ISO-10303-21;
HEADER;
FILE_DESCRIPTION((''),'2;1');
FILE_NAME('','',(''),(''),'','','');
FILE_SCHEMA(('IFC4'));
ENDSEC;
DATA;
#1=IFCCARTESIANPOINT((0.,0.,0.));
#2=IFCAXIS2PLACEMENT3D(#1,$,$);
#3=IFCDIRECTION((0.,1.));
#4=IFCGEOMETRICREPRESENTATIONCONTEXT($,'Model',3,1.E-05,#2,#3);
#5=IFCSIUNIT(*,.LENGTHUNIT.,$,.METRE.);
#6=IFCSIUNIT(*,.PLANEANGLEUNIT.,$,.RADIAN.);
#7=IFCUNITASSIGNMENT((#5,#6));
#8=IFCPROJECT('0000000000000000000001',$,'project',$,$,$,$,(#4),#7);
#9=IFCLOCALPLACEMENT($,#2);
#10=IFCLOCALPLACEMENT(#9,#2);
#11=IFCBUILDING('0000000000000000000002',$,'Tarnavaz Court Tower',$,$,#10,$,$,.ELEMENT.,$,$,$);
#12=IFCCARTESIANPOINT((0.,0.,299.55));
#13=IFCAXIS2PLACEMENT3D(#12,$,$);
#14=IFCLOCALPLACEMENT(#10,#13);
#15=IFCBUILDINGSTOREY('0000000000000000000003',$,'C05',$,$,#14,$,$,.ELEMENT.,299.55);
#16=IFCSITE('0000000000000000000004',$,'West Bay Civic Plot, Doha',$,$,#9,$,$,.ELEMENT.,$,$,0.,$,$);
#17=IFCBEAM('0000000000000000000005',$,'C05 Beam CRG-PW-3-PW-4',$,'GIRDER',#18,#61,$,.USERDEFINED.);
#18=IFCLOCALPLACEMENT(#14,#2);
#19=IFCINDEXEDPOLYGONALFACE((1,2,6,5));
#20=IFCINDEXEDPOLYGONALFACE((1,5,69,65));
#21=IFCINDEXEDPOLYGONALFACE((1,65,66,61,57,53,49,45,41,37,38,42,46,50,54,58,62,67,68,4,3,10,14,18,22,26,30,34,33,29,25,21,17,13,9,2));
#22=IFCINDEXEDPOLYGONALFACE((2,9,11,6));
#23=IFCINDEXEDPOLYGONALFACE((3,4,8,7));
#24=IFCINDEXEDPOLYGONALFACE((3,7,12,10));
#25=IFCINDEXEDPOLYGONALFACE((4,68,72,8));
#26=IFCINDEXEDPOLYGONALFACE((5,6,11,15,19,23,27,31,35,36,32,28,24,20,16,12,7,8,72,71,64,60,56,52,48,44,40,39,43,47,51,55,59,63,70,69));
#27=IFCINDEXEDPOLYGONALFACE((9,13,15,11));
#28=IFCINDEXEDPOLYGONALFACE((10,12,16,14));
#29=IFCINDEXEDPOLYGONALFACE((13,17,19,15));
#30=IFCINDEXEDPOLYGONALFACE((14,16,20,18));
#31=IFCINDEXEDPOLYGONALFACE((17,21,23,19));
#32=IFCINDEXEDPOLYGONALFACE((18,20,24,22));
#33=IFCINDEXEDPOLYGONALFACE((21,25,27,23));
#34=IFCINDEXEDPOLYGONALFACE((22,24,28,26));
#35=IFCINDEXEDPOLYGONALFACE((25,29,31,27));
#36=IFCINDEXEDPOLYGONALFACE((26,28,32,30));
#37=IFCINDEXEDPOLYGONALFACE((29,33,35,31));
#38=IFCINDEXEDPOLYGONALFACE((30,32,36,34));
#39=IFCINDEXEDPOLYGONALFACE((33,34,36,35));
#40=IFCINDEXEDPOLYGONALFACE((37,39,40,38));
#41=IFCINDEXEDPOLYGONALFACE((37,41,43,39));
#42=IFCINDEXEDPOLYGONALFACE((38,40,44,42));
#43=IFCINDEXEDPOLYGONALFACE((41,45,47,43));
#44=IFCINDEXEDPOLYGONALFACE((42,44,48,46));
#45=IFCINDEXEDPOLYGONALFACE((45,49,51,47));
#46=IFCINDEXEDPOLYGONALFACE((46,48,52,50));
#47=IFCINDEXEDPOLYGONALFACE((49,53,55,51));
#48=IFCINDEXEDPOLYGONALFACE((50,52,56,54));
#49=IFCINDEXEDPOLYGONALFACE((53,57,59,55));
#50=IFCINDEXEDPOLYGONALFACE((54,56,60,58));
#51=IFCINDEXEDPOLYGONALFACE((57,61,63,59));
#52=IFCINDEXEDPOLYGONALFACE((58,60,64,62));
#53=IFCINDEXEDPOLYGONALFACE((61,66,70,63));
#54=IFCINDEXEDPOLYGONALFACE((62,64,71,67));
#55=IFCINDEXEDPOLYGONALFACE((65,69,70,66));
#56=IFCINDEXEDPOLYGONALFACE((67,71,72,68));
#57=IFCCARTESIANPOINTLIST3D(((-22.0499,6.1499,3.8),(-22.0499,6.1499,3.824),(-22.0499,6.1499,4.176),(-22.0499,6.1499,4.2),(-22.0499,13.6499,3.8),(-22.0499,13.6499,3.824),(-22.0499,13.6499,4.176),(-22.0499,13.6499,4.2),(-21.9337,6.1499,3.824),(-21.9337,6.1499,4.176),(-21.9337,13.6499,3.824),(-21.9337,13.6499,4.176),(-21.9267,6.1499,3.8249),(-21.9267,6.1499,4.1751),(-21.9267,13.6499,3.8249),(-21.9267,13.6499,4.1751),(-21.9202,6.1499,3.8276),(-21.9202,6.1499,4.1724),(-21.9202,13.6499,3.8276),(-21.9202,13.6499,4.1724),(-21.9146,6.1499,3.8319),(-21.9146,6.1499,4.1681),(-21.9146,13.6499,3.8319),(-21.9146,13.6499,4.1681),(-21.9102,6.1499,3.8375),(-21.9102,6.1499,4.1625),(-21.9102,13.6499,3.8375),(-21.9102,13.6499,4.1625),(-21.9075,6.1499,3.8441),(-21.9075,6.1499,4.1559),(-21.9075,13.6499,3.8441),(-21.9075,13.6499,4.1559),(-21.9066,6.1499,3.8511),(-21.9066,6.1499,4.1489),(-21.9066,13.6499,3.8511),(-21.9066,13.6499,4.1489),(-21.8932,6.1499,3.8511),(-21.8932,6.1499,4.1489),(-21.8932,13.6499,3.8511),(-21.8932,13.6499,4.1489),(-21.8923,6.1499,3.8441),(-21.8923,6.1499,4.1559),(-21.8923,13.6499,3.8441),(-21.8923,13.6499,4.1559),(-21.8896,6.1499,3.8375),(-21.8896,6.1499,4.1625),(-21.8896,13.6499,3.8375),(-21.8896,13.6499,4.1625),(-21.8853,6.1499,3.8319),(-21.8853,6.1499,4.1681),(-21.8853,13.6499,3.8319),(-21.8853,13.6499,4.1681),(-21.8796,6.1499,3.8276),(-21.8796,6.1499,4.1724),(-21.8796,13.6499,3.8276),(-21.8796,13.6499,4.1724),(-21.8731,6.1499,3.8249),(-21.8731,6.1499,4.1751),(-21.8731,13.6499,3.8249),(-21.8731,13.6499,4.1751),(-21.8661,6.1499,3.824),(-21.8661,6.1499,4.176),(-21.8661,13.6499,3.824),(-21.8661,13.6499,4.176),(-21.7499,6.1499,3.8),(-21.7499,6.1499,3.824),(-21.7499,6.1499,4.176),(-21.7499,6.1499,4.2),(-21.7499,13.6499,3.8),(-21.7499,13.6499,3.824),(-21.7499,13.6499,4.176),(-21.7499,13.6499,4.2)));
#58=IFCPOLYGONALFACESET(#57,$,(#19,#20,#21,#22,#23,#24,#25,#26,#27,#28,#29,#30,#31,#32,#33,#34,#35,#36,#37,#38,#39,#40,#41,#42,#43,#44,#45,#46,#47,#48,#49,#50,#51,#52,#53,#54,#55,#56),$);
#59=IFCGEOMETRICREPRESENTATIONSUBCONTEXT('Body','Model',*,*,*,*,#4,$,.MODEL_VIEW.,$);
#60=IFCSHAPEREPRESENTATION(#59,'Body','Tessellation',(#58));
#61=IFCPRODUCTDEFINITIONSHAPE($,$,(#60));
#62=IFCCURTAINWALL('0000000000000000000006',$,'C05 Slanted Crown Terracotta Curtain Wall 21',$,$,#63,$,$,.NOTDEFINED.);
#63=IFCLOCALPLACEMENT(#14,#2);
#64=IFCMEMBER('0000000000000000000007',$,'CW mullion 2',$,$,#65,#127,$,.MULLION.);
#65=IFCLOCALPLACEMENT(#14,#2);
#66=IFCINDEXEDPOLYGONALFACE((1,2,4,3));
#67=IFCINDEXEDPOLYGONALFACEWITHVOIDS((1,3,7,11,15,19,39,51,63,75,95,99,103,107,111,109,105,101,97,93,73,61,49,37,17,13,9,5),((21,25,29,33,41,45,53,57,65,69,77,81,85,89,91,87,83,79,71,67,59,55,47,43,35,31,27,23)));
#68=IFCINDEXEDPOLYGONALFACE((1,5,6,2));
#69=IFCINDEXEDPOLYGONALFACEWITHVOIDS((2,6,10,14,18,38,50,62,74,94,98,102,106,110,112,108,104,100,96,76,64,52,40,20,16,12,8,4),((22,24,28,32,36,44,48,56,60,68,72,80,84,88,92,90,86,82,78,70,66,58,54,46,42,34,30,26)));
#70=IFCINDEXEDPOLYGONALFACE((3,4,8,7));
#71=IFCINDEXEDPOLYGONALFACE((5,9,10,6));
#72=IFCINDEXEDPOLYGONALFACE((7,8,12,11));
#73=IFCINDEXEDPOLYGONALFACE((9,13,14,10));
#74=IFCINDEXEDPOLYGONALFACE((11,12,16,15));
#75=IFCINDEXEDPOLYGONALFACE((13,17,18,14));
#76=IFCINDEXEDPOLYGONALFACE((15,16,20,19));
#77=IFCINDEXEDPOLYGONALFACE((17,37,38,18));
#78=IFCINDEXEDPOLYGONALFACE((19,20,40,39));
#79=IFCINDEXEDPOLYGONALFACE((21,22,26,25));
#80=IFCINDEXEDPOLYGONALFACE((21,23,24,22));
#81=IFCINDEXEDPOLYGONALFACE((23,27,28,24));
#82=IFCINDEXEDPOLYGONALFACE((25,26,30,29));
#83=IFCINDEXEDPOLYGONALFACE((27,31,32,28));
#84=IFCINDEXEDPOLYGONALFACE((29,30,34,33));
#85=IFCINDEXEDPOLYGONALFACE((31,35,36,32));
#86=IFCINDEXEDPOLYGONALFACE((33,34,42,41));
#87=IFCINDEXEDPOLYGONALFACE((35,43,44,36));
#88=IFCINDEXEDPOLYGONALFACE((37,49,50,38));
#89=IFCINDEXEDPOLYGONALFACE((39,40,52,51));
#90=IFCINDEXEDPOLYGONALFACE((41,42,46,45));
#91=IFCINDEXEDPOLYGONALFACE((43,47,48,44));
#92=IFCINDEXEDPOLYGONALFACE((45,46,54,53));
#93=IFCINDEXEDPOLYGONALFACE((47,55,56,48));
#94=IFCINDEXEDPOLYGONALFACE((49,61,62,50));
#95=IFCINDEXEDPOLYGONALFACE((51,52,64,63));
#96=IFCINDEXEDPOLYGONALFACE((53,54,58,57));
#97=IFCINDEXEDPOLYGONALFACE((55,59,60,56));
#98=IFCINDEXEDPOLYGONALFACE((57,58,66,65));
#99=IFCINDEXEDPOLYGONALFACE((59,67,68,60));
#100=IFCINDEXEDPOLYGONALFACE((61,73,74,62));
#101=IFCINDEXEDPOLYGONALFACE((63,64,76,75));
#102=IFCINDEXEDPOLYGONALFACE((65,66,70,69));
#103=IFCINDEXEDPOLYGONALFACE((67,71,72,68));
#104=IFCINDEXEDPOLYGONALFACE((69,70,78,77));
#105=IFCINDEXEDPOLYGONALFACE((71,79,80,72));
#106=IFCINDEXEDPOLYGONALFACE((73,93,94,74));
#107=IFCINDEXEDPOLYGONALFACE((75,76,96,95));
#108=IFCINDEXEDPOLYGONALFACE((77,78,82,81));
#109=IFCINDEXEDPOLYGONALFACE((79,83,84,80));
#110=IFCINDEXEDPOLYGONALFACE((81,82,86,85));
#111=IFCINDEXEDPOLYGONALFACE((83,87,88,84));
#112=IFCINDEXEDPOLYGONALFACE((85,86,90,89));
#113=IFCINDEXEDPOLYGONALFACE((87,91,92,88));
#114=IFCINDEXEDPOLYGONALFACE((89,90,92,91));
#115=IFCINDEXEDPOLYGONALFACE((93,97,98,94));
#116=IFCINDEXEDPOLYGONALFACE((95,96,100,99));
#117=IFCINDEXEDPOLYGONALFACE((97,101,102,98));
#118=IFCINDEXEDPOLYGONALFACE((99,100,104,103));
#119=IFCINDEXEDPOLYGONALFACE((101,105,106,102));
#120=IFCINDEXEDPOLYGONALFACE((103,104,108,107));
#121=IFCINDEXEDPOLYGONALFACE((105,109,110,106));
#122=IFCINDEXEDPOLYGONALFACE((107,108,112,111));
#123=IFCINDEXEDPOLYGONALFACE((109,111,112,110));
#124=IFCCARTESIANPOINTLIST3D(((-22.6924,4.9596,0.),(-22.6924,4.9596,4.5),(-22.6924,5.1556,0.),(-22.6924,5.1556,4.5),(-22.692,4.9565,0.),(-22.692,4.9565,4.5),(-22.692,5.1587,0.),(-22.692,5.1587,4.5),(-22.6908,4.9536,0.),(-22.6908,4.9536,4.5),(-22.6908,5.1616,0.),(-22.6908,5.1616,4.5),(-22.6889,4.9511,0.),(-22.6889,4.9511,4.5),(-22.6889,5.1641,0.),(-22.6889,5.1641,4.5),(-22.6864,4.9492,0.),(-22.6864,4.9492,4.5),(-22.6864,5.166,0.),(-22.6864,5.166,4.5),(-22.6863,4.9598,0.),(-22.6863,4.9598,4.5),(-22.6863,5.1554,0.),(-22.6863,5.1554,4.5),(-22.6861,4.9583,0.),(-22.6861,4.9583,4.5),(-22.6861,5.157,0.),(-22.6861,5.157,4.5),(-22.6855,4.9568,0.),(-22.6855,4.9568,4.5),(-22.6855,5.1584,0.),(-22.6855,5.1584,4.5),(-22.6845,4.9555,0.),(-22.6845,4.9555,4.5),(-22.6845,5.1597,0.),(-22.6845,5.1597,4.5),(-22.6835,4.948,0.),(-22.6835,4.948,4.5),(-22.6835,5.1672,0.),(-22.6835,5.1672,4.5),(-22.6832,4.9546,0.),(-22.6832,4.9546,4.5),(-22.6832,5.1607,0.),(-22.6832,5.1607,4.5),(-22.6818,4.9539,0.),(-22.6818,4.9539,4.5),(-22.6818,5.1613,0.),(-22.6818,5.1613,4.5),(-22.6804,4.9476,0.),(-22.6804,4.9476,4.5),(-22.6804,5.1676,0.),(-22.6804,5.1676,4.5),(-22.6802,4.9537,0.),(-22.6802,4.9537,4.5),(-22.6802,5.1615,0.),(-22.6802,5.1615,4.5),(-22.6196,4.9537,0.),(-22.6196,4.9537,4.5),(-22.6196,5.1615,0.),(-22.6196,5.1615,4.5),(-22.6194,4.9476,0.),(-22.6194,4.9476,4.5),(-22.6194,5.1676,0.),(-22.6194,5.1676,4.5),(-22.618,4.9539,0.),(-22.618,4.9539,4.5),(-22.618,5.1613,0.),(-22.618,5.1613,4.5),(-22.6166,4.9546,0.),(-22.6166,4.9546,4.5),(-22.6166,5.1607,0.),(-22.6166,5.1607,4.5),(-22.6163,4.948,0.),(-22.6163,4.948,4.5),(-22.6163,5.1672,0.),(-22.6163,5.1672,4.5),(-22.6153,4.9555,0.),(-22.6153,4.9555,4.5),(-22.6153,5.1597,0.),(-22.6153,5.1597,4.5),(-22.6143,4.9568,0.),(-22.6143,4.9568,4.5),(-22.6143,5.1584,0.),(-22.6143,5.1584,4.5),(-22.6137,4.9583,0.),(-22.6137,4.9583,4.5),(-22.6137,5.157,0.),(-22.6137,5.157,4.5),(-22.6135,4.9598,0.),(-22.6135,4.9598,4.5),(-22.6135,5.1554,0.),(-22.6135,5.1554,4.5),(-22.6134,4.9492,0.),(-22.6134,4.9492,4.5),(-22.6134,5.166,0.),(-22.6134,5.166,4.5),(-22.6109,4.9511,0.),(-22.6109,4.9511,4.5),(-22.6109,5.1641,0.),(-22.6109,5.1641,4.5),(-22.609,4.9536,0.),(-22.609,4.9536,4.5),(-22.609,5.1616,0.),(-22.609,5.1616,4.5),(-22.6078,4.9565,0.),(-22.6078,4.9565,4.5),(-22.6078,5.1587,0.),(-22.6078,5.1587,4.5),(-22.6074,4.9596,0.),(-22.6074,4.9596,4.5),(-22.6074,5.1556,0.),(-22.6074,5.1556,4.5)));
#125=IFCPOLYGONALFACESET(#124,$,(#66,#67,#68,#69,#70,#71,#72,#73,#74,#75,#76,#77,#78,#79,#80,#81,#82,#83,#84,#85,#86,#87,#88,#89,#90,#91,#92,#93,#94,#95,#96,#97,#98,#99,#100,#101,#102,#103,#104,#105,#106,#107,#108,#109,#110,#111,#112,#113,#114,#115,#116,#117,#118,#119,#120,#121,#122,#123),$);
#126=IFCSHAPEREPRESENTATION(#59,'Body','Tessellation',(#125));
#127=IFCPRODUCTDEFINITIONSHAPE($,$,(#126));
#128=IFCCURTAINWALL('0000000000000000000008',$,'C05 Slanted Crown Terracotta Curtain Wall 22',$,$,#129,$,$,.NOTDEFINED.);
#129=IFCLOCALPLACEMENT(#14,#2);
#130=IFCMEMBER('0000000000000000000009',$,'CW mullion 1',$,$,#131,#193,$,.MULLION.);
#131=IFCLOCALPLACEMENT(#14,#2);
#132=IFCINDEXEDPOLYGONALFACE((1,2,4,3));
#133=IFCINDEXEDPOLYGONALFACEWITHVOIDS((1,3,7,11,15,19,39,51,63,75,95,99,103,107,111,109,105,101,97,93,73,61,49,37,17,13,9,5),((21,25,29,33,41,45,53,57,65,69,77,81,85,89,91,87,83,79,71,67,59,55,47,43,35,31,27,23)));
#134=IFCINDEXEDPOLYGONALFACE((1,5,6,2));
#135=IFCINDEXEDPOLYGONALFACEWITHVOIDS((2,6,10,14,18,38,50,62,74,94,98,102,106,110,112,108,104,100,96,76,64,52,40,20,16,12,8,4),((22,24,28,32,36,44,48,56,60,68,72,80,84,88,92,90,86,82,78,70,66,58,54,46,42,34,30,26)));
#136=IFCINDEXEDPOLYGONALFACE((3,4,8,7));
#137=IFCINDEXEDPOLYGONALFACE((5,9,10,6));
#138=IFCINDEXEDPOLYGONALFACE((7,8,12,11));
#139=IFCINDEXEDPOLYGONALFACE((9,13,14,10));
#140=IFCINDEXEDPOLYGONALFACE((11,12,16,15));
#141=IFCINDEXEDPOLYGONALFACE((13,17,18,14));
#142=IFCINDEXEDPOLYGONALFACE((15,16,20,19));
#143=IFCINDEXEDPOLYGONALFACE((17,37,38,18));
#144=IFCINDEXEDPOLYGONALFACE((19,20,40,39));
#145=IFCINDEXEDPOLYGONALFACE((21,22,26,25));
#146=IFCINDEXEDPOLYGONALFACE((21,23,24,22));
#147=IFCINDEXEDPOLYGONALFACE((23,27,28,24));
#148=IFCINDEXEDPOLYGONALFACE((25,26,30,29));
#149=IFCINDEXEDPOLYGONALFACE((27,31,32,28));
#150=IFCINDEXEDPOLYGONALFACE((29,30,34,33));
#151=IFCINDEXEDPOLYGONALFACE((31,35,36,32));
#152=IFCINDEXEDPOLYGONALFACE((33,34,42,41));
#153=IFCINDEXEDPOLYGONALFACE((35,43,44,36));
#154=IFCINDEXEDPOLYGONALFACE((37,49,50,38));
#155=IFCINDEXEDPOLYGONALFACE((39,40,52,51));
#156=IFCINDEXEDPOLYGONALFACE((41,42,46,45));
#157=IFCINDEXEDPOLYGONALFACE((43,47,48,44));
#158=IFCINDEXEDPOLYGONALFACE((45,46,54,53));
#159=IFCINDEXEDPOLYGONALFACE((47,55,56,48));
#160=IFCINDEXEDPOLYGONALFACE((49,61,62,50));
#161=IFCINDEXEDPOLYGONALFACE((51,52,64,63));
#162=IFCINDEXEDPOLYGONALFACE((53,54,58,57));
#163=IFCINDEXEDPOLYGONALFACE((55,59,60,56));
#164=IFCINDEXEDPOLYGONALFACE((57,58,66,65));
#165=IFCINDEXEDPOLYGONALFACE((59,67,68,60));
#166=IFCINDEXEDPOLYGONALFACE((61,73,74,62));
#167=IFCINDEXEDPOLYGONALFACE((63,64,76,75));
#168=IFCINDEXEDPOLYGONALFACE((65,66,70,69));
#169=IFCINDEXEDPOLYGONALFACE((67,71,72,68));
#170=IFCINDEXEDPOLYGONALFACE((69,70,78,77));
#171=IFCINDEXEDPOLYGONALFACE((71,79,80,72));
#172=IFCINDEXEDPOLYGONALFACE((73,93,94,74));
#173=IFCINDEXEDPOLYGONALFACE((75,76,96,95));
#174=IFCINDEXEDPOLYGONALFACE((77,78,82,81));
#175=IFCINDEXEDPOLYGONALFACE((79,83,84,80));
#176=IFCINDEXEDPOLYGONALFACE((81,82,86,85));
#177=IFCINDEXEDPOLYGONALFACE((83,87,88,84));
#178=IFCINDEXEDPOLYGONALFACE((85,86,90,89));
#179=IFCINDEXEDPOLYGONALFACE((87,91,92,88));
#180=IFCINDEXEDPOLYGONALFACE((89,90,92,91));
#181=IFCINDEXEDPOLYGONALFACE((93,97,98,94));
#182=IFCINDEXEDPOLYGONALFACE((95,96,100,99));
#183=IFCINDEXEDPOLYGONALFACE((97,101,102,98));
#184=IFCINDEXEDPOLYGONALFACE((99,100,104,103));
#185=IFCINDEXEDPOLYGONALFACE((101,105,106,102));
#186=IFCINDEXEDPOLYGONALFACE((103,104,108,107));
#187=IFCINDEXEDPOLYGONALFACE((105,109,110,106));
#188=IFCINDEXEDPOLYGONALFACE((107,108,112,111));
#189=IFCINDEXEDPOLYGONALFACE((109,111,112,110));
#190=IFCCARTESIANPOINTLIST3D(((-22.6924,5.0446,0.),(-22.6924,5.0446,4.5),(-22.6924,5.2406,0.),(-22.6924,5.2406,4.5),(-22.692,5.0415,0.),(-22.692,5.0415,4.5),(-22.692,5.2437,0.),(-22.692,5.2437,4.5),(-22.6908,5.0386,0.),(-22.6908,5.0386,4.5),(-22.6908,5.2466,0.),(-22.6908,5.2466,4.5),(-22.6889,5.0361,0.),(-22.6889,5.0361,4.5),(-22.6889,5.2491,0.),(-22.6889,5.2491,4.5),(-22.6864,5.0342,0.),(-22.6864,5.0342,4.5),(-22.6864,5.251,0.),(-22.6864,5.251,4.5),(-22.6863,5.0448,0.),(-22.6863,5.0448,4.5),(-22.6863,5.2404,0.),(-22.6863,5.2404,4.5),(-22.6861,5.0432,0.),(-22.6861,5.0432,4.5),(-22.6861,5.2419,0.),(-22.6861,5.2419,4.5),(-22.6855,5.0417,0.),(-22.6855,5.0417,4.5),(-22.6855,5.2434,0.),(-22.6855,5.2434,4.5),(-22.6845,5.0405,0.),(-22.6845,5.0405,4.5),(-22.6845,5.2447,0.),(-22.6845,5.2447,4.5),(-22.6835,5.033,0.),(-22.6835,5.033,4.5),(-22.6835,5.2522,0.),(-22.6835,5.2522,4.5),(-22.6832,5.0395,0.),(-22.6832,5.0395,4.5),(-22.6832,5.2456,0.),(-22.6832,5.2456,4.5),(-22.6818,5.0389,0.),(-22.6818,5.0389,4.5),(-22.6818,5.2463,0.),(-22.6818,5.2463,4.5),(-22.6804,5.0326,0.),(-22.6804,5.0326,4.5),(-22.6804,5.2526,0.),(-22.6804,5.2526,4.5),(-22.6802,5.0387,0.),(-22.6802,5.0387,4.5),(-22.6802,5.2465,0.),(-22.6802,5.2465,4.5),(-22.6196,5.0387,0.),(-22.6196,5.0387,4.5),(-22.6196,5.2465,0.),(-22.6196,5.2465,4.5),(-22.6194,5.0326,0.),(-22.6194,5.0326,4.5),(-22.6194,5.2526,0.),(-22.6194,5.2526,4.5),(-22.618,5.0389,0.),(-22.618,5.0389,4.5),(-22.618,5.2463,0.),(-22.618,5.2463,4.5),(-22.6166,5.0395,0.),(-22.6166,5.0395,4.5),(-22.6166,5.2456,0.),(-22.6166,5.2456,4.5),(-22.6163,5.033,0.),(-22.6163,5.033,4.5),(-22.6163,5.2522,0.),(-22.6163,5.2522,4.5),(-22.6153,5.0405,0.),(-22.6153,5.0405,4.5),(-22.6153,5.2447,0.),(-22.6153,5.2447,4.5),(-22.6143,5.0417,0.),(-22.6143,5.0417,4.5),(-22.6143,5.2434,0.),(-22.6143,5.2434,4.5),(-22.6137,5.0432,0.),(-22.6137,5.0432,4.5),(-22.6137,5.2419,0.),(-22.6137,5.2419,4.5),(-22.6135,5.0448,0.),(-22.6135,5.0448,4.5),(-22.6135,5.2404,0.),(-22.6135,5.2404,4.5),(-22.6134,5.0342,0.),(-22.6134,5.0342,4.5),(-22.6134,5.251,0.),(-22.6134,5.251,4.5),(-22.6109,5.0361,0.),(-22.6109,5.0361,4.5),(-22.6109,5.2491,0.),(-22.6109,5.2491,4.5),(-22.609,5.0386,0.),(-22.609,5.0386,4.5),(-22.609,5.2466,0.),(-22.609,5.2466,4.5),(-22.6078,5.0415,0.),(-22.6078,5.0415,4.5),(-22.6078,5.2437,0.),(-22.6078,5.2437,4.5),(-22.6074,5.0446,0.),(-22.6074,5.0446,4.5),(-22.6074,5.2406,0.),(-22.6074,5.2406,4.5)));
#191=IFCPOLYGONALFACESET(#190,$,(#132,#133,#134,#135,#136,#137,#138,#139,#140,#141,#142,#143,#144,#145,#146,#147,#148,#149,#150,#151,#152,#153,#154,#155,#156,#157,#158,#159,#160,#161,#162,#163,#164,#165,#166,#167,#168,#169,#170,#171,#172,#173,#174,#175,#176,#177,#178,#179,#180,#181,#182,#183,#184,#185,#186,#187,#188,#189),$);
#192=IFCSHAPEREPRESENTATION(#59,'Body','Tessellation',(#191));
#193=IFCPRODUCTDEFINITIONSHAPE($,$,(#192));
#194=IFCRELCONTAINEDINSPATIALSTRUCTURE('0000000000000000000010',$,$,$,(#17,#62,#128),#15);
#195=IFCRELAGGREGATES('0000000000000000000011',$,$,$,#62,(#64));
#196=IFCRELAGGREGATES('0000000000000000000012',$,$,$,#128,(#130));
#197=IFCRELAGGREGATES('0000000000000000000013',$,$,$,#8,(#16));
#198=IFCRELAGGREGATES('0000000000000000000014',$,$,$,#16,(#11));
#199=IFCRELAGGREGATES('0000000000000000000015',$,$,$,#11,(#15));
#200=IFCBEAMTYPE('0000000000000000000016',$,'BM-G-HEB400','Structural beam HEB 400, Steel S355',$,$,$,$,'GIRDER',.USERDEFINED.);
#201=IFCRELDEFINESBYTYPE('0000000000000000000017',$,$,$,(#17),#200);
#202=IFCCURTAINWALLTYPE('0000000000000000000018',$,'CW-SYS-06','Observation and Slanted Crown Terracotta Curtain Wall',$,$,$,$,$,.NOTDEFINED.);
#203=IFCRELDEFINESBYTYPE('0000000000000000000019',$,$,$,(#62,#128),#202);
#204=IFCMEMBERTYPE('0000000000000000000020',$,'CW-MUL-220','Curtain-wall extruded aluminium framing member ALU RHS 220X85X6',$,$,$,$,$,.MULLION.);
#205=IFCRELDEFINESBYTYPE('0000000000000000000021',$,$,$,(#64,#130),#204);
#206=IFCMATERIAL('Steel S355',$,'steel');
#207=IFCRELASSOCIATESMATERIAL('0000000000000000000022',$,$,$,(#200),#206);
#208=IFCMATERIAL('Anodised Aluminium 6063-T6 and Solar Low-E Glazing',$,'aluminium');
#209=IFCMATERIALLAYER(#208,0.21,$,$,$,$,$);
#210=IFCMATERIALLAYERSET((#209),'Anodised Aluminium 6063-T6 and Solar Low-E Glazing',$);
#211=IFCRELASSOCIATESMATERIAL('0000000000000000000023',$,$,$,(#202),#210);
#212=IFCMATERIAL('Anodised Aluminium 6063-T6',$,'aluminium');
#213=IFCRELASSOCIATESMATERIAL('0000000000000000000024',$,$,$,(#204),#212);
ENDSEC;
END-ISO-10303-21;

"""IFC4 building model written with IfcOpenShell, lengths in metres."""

from ifc_helpers import new_model, si_unit, direction, frame, origin, origin_2d, place, context, subcontext, project, spatial, hollow_rectangle, i_section, extrude, material, layer, layer_set, material_profile, profile_set, type_object, element, aggregate, save


model = new_model("IFC4")

# Units and contexts
model_context = context("Model", 3, precision=1e-05, world=origin(), true_north=direction((0.0, 1.0)))
body_context = subcontext(model_context, "Body", "Model", "MODEL_VIEW")
ifc_project = project(units=[si_unit("LENGTHUNIT", "METRE"), si_unit("PLANEANGLEUNIT", "RADIAN")], contexts=[model_context])

# Site, building, storey
site_placement = place(None, origin())
site = spatial("IfcSite", under=ifc_project, at=site_placement, Name="West Bay Civic Plot, Doha", CompositionType="ELEMENT", RefElevation=0.0)
building_placement = place(site_placement, origin())
building = spatial("IfcBuilding", under=site, at=building_placement, Name="Tarnavaz Court Tower", CompositionType="ELEMENT")
storey_placement = place(building_placement, frame((0.0, 0.0, 299.55)))
storey = spatial("IfcBuildingStorey", under=building, at=storey_placement, Name="C05", CompositionType="ELEMENT", Elevation=299.55)

# Shared definitions
ifc_material_1 = material(Name="Steel S355", Category="steel")

# Beam
ifc_material_profile_1 = material_profile(ifc_material_1, i_section(OverallWidth=0.3, OverallDepth=0.3999, WebThickness=0.0134, FlangeThickness=0.0239, FilletRadius=0.0271, at=origin_2d()), Name="HEB 400")
ifc_profile_set_1 = profile_set([ifc_material_profile_1], Name="Steel S355")
beam_type = type_object("IfcBeamType", Name="BM-G-HEB400", Description="Structural beam HEB 400, Steel S355", ElementType="GIRDER", PredefinedType="USERDEFINED", material=ifc_profile_set_1)
beam_1_placement = place(storey_placement, frame((-21.8999, 6.1499, 4.0), z_axis=(0.0, 1.0, 0.0), x_axis=(-1.0, 0.0, 0.0)))
element("IfcBeam", 1, at=beam_1_placement, inside=storey, type_object=beam_type, Name="C05 Beam CRG-PW-3-PW-4", ObjectType="GIRDER", PredefinedType="USERDEFINED", context=body_context, shape_type="SweptSolid", body=[
    extrude(i_section(OverallWidth=0.3, OverallDepth=0.3999, WebThickness=0.0134, FlangeThickness=0.0239, FilletRadius=0.0271, at=origin_2d()), origin(), (0.0, 0.0, 1.0), 7.5),
])

# Curtain wall, member
ifc_material_2 = material(Name="Anodised Aluminium 6063-T6 and Solar Low-E Glazing", Category="aluminium")
ifc_layer_1 = layer(ifc_material_2, 0.21)
ifc_layer_set_1 = layer_set([ifc_layer_1], Name="Anodised Aluminium 6063-T6 and Solar Low-E Glazing")
curtain_wall_type = type_object("IfcCurtainWallType", Name="CW-SYS-06", Description="Observation and Slanted Crown Terracotta Curtain Wall", PredefinedType="NOTDEFINED", material=ifc_layer_set_1)
curtain_wall_1_placement = place(storey_placement, origin())
curtain_wall_1 = element("IfcCurtainWall", 2, at=curtain_wall_1_placement, inside=storey, type_object=curtain_wall_type, Name="C05 Slanted Crown Terracotta Curtain Wall 21", PredefinedType="NOTDEFINED")
ifc_material_3 = material(Name="Anodised Aluminium 6063-T6", Category="aluminium")
ifc_material_profile_2 = material_profile(ifc_material_3, hollow_rectangle(XDim=0.085, YDim=0.22, WallThickness=0.0061, InnerFilletRadius=0.0061, OuterFilletRadius=0.012, at=origin_2d()), Name="ALU RHS 220X85X6")
ifc_profile_set_2 = profile_set([ifc_material_profile_2], Name="Anodised Aluminium 6063-T6")
member_type_1 = type_object("IfcMemberType", Name="CW-MUL-220", Description="Curtain-wall extruded aluminium framing member ALU RHS 220X85X6", PredefinedType="MULLION", material=ifc_profile_set_2)
member_1_placement = place(storey_placement, frame((-22.6499, 5.0576, 0.0), z_axis=(0.0, 0.0, 1.0), x_axis=(-1.0, 0.0, 0.0)))
member_1 = element("IfcMember", 3, at=member_1_placement, type_object=member_type_1, Name="CW mullion 2", PredefinedType="MULLION", context=body_context, shape_type="SweptSolid", body=[
    extrude(hollow_rectangle(XDim=0.085, YDim=0.22, WallThickness=0.0061, InnerFilletRadius=0.0061, OuterFilletRadius=0.012, at=origin_2d()), origin(), (0.0, 0.0, 1.0), 4.5),
])

# Curtain wall, member
curtain_wall_2_placement = place(storey_placement, origin())
curtain_wall_2 = element("IfcCurtainWall", 4, at=curtain_wall_2_placement, inside=storey, type_object=curtain_wall_type, Name="C05 Slanted Crown Terracotta Curtain Wall 22", PredefinedType="NOTDEFINED")
member_2_placement = place(storey_placement, frame((-22.6499, 5.1426, 0.0), z_axis=(0.0, 0.0, 1.0), x_axis=(-1.0, 0.0, 0.0)))
member_2 = element("IfcMember", 5, at=member_2_placement, type_object=member_type_1, Name="CW mullion 1", PredefinedType="MULLION", context=body_context, shape_type="SweptSolid", body=[
    extrude(hollow_rectangle(XDim=0.085, YDim=0.22, WallThickness=0.0061, InnerFilletRadius=0.0061, OuterFilletRadius=0.012, at=origin_2d()), origin(), (0.0, 0.0, 1.0), 4.5),
])

aggregate(curtain_wall_1, [member_1])
aggregate(curtain_wall_2, [member_2])

save(model, "model.ifc")
